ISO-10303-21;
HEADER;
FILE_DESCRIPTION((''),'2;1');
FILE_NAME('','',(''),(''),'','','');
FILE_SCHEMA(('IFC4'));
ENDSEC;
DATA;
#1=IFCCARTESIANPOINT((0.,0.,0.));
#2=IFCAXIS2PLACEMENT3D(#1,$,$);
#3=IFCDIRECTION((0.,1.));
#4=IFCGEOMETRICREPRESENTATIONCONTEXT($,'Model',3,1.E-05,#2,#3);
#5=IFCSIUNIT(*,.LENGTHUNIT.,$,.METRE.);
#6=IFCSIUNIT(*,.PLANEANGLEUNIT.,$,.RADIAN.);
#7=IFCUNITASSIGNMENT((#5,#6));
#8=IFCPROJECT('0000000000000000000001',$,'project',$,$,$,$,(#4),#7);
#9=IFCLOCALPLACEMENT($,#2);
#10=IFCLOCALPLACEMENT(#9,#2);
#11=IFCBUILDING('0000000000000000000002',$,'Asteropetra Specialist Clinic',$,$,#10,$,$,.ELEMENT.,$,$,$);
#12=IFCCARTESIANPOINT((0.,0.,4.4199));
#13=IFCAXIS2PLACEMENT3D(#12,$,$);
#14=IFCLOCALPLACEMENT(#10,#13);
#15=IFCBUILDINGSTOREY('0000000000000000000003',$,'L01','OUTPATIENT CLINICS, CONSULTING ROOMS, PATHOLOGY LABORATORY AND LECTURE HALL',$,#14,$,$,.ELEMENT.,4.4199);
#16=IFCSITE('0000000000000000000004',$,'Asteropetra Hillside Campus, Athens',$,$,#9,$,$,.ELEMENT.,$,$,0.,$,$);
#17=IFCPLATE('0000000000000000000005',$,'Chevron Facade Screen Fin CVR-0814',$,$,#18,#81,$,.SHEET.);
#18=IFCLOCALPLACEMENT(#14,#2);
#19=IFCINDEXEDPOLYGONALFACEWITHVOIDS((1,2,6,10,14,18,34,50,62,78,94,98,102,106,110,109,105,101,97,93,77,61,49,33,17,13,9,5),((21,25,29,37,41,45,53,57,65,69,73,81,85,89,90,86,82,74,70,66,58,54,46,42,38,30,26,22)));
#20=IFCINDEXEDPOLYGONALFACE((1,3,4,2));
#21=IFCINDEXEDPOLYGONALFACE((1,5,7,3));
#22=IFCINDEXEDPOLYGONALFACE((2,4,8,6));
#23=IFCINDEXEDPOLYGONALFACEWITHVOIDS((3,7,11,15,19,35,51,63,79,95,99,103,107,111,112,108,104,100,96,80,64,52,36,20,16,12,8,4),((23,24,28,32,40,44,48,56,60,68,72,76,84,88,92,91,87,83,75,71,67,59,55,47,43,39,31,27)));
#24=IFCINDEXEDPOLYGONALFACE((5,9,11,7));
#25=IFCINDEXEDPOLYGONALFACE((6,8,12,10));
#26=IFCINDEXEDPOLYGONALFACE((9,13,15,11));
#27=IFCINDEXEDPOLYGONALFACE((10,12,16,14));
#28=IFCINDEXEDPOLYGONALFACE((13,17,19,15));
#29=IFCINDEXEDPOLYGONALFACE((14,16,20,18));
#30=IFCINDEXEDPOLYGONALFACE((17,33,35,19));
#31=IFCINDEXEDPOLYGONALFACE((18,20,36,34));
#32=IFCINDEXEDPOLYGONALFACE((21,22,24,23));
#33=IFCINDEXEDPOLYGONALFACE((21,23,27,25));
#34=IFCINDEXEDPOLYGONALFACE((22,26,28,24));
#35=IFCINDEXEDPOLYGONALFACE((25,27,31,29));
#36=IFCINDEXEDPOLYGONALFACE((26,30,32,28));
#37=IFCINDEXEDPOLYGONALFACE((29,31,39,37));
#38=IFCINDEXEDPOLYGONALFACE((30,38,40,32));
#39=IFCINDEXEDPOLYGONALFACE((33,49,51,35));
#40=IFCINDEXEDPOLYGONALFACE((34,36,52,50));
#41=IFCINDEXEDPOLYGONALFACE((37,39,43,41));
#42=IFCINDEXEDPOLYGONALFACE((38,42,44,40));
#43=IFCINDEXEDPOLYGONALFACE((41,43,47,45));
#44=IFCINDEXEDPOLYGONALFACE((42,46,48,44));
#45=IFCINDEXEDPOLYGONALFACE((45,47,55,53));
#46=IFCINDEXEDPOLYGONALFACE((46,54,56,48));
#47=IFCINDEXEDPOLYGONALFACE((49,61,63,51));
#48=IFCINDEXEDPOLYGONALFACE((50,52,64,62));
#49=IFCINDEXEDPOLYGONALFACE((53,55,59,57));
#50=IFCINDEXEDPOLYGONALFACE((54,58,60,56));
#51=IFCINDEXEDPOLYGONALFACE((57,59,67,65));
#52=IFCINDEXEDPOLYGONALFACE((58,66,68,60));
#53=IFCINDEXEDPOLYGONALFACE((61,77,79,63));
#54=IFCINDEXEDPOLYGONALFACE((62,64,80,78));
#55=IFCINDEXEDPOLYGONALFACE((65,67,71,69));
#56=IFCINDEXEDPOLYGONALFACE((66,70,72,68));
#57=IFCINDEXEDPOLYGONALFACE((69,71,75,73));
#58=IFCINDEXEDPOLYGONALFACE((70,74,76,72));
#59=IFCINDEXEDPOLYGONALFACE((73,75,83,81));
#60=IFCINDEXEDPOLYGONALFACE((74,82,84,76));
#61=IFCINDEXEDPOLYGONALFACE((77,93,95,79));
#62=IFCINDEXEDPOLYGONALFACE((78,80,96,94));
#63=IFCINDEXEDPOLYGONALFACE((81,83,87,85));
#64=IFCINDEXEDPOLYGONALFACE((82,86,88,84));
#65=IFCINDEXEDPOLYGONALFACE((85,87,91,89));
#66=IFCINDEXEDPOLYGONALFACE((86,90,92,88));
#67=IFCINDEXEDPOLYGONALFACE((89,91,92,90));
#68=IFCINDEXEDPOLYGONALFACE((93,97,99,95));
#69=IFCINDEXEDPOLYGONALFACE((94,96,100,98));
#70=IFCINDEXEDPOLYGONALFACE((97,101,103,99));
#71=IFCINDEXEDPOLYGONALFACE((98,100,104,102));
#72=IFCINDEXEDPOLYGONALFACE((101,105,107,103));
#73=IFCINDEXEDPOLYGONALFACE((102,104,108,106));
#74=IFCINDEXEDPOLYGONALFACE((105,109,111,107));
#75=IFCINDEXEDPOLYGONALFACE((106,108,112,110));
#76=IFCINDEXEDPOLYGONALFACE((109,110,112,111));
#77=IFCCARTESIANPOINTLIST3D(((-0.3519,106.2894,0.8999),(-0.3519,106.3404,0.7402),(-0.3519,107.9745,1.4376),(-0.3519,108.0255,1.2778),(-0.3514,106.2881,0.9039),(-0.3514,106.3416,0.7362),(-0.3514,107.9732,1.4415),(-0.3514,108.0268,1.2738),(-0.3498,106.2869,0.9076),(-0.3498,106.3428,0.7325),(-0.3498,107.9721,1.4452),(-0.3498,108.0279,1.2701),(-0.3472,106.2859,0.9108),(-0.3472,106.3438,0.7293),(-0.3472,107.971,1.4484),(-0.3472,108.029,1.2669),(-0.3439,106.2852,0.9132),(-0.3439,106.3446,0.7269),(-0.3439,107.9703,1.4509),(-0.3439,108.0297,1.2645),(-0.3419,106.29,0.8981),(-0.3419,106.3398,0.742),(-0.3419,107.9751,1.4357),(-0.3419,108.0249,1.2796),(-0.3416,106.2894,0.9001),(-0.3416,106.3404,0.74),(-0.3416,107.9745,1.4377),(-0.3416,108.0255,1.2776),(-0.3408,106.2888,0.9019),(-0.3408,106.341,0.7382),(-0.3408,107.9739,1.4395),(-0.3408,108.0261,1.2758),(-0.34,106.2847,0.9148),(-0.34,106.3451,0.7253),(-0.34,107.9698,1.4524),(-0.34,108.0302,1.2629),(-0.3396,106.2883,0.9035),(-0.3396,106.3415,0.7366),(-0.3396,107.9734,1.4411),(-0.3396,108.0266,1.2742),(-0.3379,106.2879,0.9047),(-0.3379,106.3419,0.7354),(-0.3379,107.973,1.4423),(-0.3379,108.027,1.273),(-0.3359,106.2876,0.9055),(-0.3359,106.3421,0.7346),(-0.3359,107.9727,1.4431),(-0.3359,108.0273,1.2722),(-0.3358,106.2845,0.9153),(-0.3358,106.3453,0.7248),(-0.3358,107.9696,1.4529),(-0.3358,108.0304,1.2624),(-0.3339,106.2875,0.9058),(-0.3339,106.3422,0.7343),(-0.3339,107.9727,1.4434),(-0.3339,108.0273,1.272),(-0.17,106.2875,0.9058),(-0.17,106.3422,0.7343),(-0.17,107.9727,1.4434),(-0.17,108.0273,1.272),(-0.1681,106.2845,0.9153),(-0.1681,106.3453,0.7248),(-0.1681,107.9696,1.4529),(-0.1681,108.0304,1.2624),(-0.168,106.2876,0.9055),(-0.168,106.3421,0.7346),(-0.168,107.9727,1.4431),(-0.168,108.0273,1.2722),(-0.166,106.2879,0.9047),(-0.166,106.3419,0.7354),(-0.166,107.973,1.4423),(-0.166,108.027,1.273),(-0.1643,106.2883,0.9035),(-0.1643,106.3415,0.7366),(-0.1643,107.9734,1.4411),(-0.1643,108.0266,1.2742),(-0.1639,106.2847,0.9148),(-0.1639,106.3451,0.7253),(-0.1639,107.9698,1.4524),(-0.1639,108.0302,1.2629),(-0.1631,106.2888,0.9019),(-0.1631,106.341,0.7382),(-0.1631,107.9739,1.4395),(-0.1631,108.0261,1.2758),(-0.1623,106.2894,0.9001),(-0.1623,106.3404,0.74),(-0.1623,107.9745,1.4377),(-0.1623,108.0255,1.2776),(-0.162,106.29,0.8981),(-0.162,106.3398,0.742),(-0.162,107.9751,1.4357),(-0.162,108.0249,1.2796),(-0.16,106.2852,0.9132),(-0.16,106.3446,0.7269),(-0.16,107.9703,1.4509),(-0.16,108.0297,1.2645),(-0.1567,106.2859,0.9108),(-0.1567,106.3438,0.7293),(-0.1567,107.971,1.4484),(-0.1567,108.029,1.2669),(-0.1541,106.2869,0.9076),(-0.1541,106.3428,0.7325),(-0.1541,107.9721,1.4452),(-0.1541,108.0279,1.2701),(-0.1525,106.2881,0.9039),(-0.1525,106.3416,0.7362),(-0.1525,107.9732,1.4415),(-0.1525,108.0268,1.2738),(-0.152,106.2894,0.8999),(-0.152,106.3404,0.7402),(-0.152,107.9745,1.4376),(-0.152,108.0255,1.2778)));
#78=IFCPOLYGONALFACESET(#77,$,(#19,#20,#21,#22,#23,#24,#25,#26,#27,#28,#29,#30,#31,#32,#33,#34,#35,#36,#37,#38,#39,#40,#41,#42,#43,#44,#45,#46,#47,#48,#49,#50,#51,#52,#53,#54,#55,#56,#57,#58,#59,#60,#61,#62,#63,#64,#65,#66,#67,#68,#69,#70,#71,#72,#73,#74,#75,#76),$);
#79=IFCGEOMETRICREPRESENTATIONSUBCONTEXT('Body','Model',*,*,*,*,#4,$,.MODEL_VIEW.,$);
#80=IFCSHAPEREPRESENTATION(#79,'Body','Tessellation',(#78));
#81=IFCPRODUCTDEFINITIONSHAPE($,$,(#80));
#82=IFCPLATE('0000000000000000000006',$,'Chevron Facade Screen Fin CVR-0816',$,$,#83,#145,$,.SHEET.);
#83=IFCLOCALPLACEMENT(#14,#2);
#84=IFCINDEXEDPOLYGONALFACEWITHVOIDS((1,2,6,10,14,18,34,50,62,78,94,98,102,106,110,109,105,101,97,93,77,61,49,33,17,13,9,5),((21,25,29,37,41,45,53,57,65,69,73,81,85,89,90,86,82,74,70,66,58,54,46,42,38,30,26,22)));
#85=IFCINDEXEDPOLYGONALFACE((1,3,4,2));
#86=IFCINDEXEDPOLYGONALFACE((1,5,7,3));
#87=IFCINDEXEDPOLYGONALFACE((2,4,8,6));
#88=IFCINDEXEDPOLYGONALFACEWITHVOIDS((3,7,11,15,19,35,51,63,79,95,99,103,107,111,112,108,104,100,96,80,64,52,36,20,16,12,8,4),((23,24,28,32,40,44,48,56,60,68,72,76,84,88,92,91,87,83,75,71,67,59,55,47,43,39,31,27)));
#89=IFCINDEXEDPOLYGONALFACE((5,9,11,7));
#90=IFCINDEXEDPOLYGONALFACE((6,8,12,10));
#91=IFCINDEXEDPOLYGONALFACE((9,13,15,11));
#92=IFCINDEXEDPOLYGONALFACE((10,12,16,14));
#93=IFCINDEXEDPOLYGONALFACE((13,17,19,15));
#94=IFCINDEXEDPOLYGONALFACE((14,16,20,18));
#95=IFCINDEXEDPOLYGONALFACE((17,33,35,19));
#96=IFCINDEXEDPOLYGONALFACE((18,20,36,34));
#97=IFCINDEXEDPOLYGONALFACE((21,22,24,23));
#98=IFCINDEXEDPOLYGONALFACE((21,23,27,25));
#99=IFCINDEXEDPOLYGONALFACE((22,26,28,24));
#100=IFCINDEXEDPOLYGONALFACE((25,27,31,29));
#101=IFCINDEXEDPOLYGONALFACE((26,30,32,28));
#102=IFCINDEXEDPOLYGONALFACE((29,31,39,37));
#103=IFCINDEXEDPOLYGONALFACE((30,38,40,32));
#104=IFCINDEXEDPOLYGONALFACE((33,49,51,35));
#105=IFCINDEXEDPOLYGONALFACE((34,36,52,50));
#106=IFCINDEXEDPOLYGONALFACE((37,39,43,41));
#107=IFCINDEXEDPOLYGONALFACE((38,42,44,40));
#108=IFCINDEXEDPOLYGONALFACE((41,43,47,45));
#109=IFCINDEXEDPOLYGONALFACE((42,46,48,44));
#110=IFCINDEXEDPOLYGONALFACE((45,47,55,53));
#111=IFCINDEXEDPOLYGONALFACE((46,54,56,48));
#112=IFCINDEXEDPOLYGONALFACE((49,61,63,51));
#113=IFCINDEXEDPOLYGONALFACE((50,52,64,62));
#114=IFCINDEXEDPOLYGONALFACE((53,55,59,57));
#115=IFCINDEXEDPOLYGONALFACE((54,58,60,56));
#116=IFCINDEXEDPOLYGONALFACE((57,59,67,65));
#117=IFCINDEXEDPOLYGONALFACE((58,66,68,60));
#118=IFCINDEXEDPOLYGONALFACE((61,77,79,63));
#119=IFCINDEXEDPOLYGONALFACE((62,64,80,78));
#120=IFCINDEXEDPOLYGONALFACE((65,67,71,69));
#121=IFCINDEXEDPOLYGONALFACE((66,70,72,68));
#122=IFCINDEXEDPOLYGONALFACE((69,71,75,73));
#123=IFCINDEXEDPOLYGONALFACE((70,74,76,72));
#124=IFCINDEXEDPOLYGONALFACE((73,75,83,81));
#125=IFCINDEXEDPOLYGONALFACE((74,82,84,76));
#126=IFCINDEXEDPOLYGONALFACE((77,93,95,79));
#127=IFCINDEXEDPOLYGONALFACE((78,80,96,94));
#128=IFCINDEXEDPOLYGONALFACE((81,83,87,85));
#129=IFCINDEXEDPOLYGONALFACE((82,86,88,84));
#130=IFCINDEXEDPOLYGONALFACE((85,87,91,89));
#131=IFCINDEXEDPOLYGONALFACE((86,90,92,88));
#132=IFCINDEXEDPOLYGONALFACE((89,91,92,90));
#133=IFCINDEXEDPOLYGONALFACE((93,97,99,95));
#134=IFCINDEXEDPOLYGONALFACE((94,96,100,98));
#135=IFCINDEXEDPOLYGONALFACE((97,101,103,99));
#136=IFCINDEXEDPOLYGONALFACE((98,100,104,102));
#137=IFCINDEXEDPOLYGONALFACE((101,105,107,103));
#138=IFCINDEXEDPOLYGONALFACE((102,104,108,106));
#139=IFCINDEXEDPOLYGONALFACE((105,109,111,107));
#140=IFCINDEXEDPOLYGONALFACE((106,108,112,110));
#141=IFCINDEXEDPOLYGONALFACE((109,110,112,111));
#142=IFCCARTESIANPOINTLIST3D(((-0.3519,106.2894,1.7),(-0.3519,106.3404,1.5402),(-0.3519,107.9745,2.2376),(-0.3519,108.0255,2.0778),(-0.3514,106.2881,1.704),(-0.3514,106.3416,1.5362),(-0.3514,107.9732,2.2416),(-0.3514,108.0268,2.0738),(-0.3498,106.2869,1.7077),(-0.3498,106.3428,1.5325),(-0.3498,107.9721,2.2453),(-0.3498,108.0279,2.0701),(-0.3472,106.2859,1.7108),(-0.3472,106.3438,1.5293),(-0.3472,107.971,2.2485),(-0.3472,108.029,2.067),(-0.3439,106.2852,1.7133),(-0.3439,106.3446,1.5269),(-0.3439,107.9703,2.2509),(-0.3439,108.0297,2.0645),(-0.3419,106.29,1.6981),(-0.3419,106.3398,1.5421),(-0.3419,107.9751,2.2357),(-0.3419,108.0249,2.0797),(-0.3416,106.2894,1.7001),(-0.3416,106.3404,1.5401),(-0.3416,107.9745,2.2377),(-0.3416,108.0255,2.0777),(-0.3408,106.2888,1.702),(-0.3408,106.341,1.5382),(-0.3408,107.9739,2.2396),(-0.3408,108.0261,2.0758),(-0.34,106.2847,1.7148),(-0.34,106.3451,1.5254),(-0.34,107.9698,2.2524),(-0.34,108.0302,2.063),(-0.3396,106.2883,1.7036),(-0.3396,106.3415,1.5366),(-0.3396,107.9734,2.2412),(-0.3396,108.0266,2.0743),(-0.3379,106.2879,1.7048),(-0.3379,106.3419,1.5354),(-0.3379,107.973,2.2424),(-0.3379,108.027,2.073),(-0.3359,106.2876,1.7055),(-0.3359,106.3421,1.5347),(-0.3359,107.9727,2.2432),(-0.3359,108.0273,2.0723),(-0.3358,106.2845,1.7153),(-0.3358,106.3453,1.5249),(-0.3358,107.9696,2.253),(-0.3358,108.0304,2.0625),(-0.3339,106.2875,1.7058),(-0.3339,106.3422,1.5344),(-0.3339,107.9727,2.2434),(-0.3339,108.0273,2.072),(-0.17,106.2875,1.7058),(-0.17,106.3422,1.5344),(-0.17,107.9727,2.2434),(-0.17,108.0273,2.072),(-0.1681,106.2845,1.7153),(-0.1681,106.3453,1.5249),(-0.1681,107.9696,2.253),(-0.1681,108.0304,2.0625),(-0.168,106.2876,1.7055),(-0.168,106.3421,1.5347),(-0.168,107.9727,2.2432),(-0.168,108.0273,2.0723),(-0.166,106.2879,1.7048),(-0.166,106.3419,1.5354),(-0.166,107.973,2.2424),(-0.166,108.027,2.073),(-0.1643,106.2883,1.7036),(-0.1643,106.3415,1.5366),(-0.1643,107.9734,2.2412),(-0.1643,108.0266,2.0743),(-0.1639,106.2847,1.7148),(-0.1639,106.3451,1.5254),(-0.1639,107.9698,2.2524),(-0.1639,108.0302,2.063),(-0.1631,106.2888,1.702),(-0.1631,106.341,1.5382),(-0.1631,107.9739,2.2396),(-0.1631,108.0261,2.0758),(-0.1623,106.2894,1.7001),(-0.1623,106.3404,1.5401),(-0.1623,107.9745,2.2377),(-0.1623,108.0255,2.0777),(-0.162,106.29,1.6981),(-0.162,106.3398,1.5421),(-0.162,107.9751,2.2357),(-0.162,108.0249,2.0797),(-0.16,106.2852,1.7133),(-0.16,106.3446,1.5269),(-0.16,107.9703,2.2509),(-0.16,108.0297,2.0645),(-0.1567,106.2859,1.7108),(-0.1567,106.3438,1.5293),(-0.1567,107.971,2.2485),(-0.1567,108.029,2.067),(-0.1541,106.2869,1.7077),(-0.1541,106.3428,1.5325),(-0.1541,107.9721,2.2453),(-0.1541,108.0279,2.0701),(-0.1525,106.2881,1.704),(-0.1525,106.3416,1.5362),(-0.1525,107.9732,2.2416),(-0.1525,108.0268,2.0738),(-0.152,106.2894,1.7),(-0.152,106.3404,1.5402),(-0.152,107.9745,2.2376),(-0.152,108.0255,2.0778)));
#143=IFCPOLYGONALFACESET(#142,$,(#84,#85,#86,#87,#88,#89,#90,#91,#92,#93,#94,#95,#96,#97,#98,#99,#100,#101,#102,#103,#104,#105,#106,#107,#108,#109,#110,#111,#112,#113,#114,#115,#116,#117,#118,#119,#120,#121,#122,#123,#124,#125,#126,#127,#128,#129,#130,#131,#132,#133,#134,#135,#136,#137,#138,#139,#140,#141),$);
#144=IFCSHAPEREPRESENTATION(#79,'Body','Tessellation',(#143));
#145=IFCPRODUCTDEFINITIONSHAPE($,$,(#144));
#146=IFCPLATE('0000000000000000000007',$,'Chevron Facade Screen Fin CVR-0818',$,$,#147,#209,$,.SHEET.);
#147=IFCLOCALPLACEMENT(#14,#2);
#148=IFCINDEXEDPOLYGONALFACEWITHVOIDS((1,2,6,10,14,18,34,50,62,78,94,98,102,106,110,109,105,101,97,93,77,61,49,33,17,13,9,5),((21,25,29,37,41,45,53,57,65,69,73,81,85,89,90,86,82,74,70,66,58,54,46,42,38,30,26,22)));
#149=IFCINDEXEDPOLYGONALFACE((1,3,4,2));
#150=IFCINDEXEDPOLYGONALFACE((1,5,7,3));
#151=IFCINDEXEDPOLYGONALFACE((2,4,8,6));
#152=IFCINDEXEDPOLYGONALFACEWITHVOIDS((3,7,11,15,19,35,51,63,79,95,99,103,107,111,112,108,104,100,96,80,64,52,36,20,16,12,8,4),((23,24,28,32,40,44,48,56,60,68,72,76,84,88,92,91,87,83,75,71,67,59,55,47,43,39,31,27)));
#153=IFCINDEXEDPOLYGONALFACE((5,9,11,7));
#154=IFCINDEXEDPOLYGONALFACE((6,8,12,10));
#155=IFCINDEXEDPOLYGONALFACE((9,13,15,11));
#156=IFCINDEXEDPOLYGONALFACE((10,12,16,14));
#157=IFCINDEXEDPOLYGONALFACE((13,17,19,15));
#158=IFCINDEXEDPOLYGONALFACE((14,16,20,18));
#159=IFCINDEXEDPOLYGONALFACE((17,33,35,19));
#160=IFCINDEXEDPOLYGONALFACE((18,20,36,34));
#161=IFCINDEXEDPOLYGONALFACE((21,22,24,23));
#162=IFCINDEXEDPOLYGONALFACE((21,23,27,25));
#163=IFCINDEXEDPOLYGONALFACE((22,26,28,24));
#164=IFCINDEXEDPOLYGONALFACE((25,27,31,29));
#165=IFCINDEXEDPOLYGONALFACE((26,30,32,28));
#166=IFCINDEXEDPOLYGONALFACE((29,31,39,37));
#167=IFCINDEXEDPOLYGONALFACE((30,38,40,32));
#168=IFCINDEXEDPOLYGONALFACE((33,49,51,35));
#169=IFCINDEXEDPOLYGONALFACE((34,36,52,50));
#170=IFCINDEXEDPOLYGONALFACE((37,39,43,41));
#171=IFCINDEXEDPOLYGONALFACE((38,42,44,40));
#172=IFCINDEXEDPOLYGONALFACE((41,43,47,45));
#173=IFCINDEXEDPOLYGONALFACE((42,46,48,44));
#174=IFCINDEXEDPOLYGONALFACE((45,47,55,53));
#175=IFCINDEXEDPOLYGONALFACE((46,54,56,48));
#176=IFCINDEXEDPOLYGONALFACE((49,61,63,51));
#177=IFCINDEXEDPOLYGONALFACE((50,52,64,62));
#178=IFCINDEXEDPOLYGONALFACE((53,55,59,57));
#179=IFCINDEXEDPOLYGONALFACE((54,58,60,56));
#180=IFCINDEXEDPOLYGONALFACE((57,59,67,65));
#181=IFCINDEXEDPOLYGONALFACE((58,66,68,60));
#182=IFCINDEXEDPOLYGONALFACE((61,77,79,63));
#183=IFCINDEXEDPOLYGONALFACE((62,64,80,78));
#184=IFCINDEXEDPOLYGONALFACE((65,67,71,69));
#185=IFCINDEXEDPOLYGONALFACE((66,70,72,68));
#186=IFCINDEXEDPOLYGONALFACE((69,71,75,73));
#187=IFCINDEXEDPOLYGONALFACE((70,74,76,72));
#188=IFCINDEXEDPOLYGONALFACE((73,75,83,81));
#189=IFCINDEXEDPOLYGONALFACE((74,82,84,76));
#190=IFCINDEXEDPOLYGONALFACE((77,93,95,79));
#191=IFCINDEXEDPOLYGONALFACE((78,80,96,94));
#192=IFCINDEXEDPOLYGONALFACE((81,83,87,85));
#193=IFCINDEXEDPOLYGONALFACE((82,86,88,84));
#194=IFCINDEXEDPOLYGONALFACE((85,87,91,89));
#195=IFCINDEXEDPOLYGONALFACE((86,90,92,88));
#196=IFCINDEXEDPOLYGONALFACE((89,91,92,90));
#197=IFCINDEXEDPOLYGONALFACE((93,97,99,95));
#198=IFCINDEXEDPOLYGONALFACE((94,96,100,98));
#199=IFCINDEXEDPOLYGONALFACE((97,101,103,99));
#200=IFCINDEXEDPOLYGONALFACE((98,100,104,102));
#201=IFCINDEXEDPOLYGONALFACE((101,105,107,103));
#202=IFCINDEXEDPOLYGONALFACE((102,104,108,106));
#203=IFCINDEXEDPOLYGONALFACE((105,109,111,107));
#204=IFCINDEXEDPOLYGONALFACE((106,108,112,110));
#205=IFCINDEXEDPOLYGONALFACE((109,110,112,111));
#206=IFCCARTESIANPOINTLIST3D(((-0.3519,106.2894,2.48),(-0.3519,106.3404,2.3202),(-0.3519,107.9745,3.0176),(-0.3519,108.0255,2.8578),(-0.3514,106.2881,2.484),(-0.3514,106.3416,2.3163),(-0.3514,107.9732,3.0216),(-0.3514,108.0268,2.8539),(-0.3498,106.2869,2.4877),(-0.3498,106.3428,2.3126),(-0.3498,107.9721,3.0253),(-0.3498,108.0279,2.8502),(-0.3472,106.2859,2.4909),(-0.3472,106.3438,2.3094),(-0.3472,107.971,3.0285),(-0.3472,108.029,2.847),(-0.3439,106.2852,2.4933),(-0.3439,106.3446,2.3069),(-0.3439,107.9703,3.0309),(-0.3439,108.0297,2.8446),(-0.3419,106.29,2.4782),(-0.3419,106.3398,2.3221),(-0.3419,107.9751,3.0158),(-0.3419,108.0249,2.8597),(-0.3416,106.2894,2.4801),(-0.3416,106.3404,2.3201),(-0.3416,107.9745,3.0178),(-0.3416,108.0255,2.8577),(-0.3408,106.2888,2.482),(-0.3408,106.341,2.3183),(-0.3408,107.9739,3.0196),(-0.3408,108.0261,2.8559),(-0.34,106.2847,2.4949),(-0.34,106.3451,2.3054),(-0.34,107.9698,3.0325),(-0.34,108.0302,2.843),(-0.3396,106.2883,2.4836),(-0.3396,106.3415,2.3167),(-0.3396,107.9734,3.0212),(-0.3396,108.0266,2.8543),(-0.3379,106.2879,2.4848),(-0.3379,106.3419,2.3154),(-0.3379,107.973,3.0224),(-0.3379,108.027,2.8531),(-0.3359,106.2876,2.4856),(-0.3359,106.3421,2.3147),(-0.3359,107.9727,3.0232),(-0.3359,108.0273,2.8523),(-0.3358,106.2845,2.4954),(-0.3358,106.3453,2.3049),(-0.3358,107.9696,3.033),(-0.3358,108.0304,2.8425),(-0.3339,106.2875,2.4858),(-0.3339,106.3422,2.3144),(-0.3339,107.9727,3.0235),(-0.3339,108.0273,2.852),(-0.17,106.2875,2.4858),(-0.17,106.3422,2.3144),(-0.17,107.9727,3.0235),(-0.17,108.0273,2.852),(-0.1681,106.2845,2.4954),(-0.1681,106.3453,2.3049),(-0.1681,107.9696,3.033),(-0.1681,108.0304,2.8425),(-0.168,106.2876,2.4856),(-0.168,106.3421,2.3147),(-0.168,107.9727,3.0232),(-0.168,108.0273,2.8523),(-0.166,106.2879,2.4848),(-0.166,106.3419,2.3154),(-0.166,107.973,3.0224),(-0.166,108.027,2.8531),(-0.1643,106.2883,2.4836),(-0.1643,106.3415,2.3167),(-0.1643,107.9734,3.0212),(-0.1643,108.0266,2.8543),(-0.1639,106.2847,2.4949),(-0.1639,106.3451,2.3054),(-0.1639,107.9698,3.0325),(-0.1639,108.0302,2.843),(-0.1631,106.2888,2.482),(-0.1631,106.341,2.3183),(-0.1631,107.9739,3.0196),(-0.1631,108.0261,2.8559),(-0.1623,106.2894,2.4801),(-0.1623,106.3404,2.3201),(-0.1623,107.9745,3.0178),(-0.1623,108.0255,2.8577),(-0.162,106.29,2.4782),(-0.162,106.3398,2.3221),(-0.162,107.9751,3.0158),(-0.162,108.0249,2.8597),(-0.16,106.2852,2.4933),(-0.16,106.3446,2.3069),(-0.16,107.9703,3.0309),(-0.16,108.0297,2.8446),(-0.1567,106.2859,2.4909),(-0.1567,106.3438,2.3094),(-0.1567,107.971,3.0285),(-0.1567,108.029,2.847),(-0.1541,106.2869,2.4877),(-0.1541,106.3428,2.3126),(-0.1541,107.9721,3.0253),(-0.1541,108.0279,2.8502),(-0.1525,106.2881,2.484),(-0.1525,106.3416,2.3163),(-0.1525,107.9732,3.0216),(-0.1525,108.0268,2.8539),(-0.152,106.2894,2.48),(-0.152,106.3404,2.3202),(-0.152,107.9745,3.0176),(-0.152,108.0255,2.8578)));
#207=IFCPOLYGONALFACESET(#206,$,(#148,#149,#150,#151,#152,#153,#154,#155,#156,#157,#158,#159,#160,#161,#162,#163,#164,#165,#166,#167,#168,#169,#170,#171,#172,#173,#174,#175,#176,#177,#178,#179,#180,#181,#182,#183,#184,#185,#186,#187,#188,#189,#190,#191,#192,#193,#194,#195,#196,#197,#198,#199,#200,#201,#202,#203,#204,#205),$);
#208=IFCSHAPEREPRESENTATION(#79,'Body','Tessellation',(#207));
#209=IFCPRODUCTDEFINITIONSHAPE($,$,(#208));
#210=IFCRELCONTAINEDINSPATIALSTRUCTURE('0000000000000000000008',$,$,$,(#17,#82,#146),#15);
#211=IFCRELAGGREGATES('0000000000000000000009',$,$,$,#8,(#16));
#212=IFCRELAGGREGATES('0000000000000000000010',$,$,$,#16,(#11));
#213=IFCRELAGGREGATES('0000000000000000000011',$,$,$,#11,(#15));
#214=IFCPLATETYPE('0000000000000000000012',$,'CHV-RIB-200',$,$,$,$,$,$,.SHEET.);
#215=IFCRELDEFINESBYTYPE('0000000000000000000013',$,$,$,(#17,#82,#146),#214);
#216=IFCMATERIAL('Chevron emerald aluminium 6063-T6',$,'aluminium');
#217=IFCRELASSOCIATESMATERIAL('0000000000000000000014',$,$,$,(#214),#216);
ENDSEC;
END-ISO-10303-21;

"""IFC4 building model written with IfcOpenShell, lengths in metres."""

from ifc_helpers import new_model, si_unit, direction, frame, origin, origin_2d, place, context, subcontext, project, spatial, hollow_rectangle, extrude, material, material_profile, profile_set, type_object, element, save


model = new_model("IFC4")

# Units and contexts
model_context = context("Model", 3, precision=1e-05, world=origin(), true_north=direction((0.0, 1.0)))
body_context = subcontext(model_context, "Body", "Model", "MODEL_VIEW")
ifc_project = project(units=[si_unit("LENGTHUNIT", "METRE"), si_unit("PLANEANGLEUNIT", "RADIAN")], contexts=[model_context])

# Site, building, storey
site_placement = place(None, origin())
site = spatial("IfcSite", under=ifc_project, at=site_placement, Name="Asteropetra Hillside Campus, Athens", CompositionType="ELEMENT", RefElevation=0.0)
building_placement = place(site_placement, origin())
building = spatial("IfcBuilding", under=site, at=building_placement, Name="Asteropetra Specialist Clinic", CompositionType="ELEMENT")
storey_placement = place(building_placement, frame((0.0, 0.0, 4.4199)))
storey = spatial("IfcBuildingStorey", under=building, at=storey_placement, Name="L01", Description="OUTPATIENT CLINICS, CONSULTING ROOMS, PATHOLOGY LABORATORY AND LECTURE HALL", CompositionType="ELEMENT", Elevation=4.4199)

# Plates
ifc_material_1 = material(Name="Chevron emerald aluminium 6063-T6", Category="aluminium")
ifc_material_profile_1 = material_profile(ifc_material_1, hollow_rectangle(XDim=0.2, YDim=0.2, WallThickness=0.01, InnerFilletRadius=0.0081, OuterFilletRadius=0.0161, at=origin_2d()), Name="SHS 200x200x10.0")
ifc_profile_set_1 = profile_set([ifc_material_profile_1], Name="Chevron emerald aluminium 6063-T6")
plate_type_1 = type_object("IfcPlateType", Name="CHV-RIB-200", PredefinedType="SHEET", material=ifc_profile_set_1)
for number, where, z_axis, x_axis, name in (
    (1, (-0.252, 108.0, 1.3577), (0.0, -0.95269, -0.303944), (1.0, 0.0, 0.0), "Chevron Facade Screen Fin CVR-0814"),
    (2, (-0.252, 108.0, 2.1577), (0.0, -0.95269, -0.303944), (1.0, 0.0, 0.0), "Chevron Facade Screen Fin CVR-0816"),
    (3, (-0.252, 108.0, 2.9377), (0.0, -0.95269, -0.303944), (1.0, 0.0, 0.0), "Chevron Facade Screen Fin CVR-0818"),
):
    element("IfcPlate", number, at=place(storey_placement, frame(where, z_axis=z_axis, x_axis=x_axis)), inside=storey, type_object=plate_type_1, Name=name, PredefinedType="SHEET", context=body_context, shape_type="SweptSolid", body=[
        extrude(hollow_rectangle(XDim=0.2, YDim=0.2, WallThickness=0.01, InnerFilletRadius=0.0081, OuterFilletRadius=0.0161, at=origin_2d()), origin(), (0.0, 0.0, 1.0), 1.7688),
    ])

save(model, "model.ifc")
